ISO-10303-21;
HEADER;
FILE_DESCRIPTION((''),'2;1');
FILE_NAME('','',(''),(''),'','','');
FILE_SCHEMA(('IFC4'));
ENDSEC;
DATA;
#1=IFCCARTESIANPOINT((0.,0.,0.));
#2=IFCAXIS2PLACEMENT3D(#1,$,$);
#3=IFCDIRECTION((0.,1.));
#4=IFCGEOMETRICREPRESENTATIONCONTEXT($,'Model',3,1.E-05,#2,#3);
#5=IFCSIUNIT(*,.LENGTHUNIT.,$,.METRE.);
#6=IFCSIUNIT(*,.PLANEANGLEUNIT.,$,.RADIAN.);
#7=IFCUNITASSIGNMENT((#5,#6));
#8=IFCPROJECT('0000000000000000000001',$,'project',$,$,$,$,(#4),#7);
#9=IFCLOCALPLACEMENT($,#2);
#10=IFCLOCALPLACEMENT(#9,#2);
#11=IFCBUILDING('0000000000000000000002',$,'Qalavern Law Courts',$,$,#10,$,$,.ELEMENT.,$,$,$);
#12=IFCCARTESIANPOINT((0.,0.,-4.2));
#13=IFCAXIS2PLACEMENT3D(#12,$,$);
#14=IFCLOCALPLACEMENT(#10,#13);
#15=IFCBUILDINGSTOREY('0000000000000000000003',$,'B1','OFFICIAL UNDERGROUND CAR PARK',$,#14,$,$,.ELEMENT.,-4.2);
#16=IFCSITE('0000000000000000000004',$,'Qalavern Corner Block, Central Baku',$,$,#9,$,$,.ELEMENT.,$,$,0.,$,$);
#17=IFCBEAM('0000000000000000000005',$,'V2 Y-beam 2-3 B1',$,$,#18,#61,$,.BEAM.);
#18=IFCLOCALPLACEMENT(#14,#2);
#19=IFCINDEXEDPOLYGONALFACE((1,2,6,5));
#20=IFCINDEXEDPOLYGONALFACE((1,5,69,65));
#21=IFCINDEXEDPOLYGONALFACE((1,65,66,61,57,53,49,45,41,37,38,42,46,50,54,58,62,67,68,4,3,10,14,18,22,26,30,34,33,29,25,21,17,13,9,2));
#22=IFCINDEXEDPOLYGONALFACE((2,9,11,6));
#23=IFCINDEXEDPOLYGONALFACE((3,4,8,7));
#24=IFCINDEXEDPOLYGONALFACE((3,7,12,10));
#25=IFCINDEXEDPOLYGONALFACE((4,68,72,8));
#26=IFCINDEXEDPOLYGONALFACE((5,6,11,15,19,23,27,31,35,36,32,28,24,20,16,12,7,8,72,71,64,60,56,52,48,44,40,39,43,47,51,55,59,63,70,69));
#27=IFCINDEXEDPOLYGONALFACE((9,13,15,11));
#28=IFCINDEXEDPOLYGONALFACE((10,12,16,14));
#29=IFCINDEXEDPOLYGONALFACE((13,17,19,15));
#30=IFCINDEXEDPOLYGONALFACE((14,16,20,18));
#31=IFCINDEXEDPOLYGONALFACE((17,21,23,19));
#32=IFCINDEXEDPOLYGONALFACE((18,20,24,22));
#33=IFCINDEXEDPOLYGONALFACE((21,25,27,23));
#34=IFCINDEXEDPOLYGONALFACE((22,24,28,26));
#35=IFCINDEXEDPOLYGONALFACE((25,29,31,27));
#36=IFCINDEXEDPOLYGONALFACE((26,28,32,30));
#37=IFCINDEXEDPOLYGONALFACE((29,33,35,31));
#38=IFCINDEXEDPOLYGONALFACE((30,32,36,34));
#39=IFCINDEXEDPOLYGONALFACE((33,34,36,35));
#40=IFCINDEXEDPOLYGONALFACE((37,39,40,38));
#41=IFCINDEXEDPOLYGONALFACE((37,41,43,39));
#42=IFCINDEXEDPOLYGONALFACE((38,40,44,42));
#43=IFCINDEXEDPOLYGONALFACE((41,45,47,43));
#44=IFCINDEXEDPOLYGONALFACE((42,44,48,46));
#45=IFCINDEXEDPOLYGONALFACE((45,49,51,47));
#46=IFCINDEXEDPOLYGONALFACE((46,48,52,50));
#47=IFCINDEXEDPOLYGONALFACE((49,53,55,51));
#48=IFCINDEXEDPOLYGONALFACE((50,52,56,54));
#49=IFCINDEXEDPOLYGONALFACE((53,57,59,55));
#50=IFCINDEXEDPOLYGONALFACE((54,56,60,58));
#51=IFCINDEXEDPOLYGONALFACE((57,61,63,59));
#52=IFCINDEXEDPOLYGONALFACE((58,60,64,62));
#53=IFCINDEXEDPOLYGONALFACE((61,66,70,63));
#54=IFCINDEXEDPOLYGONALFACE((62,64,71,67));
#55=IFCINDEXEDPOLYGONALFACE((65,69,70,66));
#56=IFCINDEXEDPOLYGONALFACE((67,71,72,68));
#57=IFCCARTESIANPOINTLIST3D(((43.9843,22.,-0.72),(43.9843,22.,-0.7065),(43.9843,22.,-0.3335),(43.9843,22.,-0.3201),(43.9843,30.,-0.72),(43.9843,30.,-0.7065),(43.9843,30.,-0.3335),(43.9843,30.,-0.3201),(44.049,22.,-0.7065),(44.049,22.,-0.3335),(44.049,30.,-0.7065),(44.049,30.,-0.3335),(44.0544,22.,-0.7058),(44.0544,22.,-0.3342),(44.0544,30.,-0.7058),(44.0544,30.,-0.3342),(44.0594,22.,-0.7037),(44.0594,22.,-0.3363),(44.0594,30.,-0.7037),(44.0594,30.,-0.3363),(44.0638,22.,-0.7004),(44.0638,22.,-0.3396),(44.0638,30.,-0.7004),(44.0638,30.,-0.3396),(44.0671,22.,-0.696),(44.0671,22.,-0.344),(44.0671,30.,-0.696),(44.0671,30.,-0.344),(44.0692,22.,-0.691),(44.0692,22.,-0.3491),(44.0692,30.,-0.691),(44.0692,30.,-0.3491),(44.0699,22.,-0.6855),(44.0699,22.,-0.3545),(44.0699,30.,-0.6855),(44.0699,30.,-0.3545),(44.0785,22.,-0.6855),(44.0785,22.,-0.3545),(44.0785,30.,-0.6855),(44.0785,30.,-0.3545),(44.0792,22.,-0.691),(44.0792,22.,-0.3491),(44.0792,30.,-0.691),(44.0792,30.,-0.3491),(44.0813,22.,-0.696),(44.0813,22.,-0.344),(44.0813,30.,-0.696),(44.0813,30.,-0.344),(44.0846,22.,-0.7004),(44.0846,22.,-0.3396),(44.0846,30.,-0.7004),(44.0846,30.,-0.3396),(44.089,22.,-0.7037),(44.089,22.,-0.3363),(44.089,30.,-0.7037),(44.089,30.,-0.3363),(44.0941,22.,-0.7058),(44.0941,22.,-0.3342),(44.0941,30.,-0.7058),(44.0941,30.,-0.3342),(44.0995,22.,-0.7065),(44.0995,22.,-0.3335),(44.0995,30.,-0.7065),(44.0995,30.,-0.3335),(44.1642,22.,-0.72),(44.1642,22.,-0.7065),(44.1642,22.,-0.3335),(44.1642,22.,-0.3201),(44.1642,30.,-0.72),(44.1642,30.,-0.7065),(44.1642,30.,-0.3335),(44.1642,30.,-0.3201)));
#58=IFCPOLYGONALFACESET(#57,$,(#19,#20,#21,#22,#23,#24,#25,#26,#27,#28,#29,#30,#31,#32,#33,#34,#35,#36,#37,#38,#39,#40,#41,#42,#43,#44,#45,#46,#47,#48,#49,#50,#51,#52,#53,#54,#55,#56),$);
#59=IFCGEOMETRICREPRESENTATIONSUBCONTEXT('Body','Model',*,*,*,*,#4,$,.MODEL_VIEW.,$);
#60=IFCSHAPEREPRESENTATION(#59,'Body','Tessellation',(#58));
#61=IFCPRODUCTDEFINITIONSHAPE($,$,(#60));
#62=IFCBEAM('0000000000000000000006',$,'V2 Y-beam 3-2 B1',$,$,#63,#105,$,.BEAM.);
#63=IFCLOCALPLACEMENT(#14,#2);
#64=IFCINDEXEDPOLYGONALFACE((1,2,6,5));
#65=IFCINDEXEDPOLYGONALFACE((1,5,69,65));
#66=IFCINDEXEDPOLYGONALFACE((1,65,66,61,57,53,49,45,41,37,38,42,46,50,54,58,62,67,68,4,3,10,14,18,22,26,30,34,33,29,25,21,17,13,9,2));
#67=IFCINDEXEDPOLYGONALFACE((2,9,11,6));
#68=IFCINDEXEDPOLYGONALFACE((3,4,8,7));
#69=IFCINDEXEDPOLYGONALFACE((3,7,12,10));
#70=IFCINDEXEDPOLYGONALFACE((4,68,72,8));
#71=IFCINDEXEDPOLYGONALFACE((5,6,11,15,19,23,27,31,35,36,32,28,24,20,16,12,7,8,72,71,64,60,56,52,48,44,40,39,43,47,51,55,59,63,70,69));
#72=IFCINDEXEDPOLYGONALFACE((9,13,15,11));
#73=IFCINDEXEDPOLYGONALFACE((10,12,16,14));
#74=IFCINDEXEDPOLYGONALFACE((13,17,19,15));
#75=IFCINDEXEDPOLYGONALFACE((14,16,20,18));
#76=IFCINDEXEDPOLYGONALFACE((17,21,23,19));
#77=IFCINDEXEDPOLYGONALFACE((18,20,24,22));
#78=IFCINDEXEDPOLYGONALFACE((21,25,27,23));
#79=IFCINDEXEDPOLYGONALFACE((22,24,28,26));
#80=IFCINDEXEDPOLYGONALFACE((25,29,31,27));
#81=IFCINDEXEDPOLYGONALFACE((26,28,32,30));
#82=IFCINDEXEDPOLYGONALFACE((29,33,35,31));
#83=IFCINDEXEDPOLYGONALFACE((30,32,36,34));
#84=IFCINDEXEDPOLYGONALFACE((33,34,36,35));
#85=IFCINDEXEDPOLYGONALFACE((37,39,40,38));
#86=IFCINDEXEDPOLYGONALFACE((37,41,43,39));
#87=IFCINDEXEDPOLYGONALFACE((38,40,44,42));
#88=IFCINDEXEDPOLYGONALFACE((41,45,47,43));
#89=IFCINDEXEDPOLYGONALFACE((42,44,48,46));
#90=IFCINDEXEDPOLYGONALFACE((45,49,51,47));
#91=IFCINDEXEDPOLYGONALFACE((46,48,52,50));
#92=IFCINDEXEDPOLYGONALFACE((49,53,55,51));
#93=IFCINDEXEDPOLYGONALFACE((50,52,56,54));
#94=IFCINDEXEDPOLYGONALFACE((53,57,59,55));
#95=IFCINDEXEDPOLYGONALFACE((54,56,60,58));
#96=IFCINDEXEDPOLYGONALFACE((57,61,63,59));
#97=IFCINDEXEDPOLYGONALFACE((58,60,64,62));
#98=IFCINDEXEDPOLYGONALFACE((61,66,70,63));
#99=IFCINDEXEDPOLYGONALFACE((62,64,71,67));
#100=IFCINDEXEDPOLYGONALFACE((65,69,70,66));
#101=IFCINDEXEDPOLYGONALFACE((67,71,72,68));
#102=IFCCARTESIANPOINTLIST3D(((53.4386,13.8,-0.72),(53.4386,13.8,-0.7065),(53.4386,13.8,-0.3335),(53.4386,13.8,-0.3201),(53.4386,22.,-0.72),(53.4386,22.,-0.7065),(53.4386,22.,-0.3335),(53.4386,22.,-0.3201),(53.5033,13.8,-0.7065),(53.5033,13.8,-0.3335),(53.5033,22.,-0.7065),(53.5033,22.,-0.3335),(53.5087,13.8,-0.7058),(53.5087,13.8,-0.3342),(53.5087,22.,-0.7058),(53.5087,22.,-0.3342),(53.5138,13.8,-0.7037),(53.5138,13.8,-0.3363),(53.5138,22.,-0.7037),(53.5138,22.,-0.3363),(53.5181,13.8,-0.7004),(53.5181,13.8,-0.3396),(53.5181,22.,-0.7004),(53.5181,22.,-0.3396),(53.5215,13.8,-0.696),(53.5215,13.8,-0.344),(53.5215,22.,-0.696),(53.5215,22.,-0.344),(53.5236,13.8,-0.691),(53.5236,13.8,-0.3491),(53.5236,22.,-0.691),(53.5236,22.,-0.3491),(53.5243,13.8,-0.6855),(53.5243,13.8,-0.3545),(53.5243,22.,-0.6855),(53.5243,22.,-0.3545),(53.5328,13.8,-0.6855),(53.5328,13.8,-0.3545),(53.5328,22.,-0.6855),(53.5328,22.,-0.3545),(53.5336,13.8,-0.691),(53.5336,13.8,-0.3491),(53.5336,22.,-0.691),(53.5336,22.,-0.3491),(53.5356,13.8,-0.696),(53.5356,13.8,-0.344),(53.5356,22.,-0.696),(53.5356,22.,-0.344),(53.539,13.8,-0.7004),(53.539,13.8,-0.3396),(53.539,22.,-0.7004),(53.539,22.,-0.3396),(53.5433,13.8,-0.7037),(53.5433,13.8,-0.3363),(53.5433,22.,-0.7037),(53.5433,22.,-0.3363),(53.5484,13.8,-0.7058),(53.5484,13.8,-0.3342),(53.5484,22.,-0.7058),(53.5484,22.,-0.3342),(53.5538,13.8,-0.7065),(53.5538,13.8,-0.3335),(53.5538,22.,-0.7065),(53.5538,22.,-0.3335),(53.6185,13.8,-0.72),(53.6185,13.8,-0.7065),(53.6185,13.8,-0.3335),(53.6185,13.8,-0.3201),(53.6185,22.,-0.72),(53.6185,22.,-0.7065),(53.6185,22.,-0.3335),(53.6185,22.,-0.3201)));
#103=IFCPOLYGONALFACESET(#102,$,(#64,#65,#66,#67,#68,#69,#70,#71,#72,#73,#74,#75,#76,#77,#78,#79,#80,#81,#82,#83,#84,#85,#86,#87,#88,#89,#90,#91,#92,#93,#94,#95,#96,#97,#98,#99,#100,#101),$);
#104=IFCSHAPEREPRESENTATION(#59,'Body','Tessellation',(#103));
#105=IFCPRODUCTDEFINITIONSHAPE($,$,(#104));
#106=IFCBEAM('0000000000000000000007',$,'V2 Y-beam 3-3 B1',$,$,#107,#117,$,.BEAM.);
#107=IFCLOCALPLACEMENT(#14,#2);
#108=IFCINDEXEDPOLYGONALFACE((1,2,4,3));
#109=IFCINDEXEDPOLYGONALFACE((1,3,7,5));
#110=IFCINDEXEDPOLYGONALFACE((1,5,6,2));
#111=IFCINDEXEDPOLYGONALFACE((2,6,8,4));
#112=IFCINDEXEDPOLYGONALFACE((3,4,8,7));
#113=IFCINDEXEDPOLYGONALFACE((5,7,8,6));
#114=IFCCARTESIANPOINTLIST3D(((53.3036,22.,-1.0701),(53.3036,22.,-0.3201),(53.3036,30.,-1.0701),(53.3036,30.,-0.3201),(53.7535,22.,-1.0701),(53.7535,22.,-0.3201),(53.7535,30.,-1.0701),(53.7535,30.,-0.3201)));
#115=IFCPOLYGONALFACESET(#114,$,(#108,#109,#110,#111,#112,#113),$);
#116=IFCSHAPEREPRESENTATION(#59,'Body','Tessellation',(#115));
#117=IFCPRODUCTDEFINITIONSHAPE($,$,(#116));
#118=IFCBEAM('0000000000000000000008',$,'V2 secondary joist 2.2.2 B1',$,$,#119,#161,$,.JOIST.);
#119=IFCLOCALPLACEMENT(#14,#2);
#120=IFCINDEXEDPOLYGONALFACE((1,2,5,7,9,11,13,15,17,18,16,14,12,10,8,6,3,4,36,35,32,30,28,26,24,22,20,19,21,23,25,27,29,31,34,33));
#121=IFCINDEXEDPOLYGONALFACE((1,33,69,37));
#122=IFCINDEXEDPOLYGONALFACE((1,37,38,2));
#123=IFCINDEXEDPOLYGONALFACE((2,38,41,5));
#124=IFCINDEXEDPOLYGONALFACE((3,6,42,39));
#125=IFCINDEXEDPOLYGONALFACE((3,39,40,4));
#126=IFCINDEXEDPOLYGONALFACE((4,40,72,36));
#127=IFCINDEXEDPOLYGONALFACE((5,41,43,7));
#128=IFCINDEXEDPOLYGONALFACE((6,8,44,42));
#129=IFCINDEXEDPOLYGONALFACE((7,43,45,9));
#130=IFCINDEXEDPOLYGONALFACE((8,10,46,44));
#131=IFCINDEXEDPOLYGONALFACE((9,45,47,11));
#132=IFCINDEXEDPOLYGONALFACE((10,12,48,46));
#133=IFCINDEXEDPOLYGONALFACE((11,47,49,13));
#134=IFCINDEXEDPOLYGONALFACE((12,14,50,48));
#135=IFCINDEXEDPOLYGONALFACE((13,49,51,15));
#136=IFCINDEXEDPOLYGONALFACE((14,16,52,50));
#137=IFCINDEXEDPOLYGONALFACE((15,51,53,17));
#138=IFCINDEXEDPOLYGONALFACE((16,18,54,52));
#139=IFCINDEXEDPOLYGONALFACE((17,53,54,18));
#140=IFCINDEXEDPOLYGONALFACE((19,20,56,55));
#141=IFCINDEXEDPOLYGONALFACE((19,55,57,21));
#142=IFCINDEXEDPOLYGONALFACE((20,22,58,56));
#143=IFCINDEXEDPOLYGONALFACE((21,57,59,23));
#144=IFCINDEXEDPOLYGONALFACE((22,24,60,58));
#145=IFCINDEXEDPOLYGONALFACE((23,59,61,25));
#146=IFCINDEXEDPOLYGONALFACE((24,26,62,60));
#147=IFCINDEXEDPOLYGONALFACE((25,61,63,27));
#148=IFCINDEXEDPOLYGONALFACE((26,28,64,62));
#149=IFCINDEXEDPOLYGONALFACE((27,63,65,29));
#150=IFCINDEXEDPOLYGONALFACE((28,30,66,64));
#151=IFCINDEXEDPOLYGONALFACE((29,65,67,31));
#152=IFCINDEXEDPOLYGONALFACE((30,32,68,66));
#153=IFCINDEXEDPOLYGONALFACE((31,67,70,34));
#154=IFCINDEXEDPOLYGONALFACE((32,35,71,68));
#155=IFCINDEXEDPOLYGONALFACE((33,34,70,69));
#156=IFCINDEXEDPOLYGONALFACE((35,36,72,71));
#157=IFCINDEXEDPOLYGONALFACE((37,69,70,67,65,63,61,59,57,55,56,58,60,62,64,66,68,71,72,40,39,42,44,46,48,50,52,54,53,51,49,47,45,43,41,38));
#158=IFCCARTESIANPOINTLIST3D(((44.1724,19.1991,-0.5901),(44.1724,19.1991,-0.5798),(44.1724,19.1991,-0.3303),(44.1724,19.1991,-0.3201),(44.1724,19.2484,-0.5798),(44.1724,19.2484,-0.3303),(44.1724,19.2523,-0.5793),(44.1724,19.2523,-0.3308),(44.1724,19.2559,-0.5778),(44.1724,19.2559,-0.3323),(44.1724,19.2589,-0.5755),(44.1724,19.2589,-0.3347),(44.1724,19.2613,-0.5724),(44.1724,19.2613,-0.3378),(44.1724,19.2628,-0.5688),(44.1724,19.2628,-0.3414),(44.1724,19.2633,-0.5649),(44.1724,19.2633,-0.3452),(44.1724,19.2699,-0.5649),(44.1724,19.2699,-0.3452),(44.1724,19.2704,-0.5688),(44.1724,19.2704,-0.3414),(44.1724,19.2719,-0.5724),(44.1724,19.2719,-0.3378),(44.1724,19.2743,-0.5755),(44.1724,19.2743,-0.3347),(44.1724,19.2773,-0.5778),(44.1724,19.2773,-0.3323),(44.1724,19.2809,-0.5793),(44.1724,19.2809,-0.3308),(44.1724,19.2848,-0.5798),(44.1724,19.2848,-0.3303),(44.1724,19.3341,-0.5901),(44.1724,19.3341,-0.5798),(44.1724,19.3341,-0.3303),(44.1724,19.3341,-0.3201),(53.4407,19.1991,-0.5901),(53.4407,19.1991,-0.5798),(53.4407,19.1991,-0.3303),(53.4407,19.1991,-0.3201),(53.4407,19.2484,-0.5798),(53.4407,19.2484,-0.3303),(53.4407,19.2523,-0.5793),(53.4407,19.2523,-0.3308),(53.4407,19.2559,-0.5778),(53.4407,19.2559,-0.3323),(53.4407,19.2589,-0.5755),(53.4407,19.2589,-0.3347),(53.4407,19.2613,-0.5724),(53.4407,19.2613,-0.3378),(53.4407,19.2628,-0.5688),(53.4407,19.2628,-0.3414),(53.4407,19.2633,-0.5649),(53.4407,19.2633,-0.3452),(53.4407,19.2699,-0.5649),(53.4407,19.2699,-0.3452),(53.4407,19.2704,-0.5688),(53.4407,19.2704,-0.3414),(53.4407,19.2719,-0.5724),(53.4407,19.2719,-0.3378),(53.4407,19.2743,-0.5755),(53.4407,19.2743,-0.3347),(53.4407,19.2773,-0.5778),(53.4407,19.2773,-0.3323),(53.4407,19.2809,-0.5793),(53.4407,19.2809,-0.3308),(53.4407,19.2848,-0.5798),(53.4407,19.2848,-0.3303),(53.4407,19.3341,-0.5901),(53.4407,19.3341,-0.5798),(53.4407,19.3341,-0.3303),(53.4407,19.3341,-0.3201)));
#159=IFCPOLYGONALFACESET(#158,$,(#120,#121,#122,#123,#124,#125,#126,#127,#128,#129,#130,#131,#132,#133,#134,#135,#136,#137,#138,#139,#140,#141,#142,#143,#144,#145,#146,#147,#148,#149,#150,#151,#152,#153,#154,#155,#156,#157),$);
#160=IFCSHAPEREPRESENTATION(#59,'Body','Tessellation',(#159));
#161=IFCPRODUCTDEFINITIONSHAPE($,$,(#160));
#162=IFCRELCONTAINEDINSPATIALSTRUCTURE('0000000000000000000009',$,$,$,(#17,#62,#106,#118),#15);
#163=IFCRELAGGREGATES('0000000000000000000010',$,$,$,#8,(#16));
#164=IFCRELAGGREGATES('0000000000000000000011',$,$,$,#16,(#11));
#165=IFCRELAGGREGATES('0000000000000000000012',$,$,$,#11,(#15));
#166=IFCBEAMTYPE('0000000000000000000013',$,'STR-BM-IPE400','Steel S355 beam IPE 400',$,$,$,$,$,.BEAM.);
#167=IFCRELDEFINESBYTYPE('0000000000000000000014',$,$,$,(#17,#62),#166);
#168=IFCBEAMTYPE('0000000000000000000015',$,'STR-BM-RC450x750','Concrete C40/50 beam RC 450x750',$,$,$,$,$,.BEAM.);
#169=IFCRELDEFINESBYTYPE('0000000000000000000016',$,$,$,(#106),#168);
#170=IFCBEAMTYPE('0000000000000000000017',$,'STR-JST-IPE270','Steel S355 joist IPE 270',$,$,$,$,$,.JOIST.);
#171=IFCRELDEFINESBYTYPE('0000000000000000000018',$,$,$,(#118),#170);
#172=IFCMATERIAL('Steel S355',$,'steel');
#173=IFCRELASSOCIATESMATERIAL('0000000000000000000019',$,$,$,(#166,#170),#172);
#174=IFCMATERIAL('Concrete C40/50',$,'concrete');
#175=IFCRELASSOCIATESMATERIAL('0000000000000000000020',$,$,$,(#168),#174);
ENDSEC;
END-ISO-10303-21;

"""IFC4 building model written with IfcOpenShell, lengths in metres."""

from ifc_helpers import new_model, si_unit, direction, frame, origin, origin_2d, place, context, subcontext, project, spatial, rectangle, i_section, extrude, material, material_profile, profile_set, type_object, element, save


model = new_model("IFC4")

# Units and contexts
model_context = context("Model", 3, precision=1e-05, world=origin(), true_north=direction((0.0, 1.0)))
body_context = subcontext(model_context, "Body", "Model", "MODEL_VIEW")
ifc_project = project(units=[si_unit("LENGTHUNIT", "METRE"), si_unit("PLANEANGLEUNIT", "RADIAN")], contexts=[model_context])

# Site, building, storey
site_placement = place(None, origin())
site = spatial("IfcSite", under=ifc_project, at=site_placement, Name="Qalavern Corner Block, Central Baku", CompositionType="ELEMENT", RefElevation=0.0)
building_placement = place(site_placement, origin())
building = spatial("IfcBuilding", under=site, at=building_placement, Name="Qalavern Law Courts", CompositionType="ELEMENT")
storey_placement = place(building_placement, frame((0.0, 0.0, -4.2)))
storey = spatial("IfcBuildingStorey", under=building, at=storey_placement, Name="B1", Description="OFFICIAL UNDERGROUND CAR PARK", CompositionType="ELEMENT", Elevation=-4.2)

# Shared definitions
ifc_material_1 = material(Name="Steel S355", Category="steel")

# Beams
ifc_material_profile_1 = material_profile(ifc_material_1, i_section(OverallWidth=0.1799, OverallDepth=0.3999, WebThickness=0.0085, FlangeThickness=0.0134, FilletRadius=0.021, at=origin_2d()), Name="IPE 400")
ifc_profile_set_1 = profile_set([ifc_material_profile_1], Name="Steel S355")
beam_type_1 = type_object("IfcBeamType", Name="STR-BM-IPE400", Description="Steel S355 beam IPE 400", PredefinedType="BEAM", material=ifc_profile_set_1)
beam_1_placement = place(storey_placement, frame((44.0742, 22.0, -0.52), z_axis=(0.0, 1.0, 0.0), x_axis=(-1.0, 0.0, 0.0)))
element("IfcBeam", 1, at=beam_1_placement, inside=storey, type_object=beam_type_1, Name="V2 Y-beam 2-3 B1", PredefinedType="BEAM", context=body_context, shape_type="SweptSolid", body=[
    extrude(i_section(OverallWidth=0.1799, OverallDepth=0.3999, WebThickness=0.0085, FlangeThickness=0.0134, FilletRadius=0.021, at=origin_2d()), origin(), (0.0, 0.0, 1.0), 8.0),
])
beam_2_placement = place(storey_placement, frame((53.5286, 13.8, -0.52), z_axis=(0.0, 1.0, 0.0), x_axis=(-1.0, 0.0, 0.0)))
element("IfcBeam", 2, at=beam_2_placement, inside=storey, type_object=beam_type_1, Name="V2 Y-beam 3-2 B1", PredefinedType="BEAM", context=body_context, shape_type="SweptSolid", body=[
    extrude(i_section(OverallWidth=0.1799, OverallDepth=0.3999, WebThickness=0.0085, FlangeThickness=0.0134, FilletRadius=0.021, at=origin_2d()), origin(), (0.0, 0.0, 1.0), 8.2),
])
ifc_material_2 = material(Name="Concrete C40/50", Category="concrete")
ifc_material_profile_2 = material_profile(ifc_material_2, rectangle(XDim=0.45, YDim=0.75, at=origin_2d()), Name="RC 450x750")
ifc_profile_set_2 = profile_set([ifc_material_profile_2], Name="Concrete C40/50")
beam_type_2 = type_object("IfcBeamType", Name="STR-BM-RC450x750", Description="Concrete C40/50 beam RC 450x750", PredefinedType="BEAM", material=ifc_profile_set_2)
beam_3_placement = place(storey_placement, frame((53.5286, 22.0, -0.6951), z_axis=(0.0, 1.0, 0.0), x_axis=(-1.0, 0.0, 0.0)))
element("IfcBeam", 3, at=beam_3_placement, inside=storey, type_object=beam_type_2, Name="V2 Y-beam 3-3 B1", PredefinedType="BEAM", context=body_context, shape_type="SweptSolid", body=[
    extrude(rectangle(XDim=0.45, YDim=0.75, at=origin_2d()), origin(), (0.0, 0.0, 1.0), 8.0),
])
ifc_material_profile_3 = material_profile(ifc_material_1, i_section(OverallWidth=0.135, OverallDepth=0.27, WebThickness=0.0066, FlangeThickness=0.0103, FilletRadius=0.0149, at=origin_2d()), Name="IPE 270")
ifc_profile_set_3 = profile_set([ifc_material_profile_3], Name="Steel S355")
beam_type_3 = type_object("IfcBeamType", Name="STR-JST-IPE270", Description="Steel S355 joist IPE 270", PredefinedType="JOIST", material=ifc_profile_set_3)
beam_4_placement = place(storey_placement, frame((44.1724, 19.2666, -0.4551), z_axis=(1.0, 0.0, 0.0), x_axis=(0.0, 1.0, 0.0)))
element("IfcBeam", 4, at=beam_4_placement, inside=storey, type_object=beam_type_3, Name="V2 secondary joist 2.2.2 B1", PredefinedType="JOIST", context=body_context, shape_type="SweptSolid", body=[
    extrude(i_section(OverallWidth=0.135, OverallDepth=0.27, WebThickness=0.0066, FlangeThickness=0.0103, FilletRadius=0.0149, at=origin_2d()), origin(), (0.0, 0.0, 1.0), 9.2683),
])

save(model, "model.ifc")
